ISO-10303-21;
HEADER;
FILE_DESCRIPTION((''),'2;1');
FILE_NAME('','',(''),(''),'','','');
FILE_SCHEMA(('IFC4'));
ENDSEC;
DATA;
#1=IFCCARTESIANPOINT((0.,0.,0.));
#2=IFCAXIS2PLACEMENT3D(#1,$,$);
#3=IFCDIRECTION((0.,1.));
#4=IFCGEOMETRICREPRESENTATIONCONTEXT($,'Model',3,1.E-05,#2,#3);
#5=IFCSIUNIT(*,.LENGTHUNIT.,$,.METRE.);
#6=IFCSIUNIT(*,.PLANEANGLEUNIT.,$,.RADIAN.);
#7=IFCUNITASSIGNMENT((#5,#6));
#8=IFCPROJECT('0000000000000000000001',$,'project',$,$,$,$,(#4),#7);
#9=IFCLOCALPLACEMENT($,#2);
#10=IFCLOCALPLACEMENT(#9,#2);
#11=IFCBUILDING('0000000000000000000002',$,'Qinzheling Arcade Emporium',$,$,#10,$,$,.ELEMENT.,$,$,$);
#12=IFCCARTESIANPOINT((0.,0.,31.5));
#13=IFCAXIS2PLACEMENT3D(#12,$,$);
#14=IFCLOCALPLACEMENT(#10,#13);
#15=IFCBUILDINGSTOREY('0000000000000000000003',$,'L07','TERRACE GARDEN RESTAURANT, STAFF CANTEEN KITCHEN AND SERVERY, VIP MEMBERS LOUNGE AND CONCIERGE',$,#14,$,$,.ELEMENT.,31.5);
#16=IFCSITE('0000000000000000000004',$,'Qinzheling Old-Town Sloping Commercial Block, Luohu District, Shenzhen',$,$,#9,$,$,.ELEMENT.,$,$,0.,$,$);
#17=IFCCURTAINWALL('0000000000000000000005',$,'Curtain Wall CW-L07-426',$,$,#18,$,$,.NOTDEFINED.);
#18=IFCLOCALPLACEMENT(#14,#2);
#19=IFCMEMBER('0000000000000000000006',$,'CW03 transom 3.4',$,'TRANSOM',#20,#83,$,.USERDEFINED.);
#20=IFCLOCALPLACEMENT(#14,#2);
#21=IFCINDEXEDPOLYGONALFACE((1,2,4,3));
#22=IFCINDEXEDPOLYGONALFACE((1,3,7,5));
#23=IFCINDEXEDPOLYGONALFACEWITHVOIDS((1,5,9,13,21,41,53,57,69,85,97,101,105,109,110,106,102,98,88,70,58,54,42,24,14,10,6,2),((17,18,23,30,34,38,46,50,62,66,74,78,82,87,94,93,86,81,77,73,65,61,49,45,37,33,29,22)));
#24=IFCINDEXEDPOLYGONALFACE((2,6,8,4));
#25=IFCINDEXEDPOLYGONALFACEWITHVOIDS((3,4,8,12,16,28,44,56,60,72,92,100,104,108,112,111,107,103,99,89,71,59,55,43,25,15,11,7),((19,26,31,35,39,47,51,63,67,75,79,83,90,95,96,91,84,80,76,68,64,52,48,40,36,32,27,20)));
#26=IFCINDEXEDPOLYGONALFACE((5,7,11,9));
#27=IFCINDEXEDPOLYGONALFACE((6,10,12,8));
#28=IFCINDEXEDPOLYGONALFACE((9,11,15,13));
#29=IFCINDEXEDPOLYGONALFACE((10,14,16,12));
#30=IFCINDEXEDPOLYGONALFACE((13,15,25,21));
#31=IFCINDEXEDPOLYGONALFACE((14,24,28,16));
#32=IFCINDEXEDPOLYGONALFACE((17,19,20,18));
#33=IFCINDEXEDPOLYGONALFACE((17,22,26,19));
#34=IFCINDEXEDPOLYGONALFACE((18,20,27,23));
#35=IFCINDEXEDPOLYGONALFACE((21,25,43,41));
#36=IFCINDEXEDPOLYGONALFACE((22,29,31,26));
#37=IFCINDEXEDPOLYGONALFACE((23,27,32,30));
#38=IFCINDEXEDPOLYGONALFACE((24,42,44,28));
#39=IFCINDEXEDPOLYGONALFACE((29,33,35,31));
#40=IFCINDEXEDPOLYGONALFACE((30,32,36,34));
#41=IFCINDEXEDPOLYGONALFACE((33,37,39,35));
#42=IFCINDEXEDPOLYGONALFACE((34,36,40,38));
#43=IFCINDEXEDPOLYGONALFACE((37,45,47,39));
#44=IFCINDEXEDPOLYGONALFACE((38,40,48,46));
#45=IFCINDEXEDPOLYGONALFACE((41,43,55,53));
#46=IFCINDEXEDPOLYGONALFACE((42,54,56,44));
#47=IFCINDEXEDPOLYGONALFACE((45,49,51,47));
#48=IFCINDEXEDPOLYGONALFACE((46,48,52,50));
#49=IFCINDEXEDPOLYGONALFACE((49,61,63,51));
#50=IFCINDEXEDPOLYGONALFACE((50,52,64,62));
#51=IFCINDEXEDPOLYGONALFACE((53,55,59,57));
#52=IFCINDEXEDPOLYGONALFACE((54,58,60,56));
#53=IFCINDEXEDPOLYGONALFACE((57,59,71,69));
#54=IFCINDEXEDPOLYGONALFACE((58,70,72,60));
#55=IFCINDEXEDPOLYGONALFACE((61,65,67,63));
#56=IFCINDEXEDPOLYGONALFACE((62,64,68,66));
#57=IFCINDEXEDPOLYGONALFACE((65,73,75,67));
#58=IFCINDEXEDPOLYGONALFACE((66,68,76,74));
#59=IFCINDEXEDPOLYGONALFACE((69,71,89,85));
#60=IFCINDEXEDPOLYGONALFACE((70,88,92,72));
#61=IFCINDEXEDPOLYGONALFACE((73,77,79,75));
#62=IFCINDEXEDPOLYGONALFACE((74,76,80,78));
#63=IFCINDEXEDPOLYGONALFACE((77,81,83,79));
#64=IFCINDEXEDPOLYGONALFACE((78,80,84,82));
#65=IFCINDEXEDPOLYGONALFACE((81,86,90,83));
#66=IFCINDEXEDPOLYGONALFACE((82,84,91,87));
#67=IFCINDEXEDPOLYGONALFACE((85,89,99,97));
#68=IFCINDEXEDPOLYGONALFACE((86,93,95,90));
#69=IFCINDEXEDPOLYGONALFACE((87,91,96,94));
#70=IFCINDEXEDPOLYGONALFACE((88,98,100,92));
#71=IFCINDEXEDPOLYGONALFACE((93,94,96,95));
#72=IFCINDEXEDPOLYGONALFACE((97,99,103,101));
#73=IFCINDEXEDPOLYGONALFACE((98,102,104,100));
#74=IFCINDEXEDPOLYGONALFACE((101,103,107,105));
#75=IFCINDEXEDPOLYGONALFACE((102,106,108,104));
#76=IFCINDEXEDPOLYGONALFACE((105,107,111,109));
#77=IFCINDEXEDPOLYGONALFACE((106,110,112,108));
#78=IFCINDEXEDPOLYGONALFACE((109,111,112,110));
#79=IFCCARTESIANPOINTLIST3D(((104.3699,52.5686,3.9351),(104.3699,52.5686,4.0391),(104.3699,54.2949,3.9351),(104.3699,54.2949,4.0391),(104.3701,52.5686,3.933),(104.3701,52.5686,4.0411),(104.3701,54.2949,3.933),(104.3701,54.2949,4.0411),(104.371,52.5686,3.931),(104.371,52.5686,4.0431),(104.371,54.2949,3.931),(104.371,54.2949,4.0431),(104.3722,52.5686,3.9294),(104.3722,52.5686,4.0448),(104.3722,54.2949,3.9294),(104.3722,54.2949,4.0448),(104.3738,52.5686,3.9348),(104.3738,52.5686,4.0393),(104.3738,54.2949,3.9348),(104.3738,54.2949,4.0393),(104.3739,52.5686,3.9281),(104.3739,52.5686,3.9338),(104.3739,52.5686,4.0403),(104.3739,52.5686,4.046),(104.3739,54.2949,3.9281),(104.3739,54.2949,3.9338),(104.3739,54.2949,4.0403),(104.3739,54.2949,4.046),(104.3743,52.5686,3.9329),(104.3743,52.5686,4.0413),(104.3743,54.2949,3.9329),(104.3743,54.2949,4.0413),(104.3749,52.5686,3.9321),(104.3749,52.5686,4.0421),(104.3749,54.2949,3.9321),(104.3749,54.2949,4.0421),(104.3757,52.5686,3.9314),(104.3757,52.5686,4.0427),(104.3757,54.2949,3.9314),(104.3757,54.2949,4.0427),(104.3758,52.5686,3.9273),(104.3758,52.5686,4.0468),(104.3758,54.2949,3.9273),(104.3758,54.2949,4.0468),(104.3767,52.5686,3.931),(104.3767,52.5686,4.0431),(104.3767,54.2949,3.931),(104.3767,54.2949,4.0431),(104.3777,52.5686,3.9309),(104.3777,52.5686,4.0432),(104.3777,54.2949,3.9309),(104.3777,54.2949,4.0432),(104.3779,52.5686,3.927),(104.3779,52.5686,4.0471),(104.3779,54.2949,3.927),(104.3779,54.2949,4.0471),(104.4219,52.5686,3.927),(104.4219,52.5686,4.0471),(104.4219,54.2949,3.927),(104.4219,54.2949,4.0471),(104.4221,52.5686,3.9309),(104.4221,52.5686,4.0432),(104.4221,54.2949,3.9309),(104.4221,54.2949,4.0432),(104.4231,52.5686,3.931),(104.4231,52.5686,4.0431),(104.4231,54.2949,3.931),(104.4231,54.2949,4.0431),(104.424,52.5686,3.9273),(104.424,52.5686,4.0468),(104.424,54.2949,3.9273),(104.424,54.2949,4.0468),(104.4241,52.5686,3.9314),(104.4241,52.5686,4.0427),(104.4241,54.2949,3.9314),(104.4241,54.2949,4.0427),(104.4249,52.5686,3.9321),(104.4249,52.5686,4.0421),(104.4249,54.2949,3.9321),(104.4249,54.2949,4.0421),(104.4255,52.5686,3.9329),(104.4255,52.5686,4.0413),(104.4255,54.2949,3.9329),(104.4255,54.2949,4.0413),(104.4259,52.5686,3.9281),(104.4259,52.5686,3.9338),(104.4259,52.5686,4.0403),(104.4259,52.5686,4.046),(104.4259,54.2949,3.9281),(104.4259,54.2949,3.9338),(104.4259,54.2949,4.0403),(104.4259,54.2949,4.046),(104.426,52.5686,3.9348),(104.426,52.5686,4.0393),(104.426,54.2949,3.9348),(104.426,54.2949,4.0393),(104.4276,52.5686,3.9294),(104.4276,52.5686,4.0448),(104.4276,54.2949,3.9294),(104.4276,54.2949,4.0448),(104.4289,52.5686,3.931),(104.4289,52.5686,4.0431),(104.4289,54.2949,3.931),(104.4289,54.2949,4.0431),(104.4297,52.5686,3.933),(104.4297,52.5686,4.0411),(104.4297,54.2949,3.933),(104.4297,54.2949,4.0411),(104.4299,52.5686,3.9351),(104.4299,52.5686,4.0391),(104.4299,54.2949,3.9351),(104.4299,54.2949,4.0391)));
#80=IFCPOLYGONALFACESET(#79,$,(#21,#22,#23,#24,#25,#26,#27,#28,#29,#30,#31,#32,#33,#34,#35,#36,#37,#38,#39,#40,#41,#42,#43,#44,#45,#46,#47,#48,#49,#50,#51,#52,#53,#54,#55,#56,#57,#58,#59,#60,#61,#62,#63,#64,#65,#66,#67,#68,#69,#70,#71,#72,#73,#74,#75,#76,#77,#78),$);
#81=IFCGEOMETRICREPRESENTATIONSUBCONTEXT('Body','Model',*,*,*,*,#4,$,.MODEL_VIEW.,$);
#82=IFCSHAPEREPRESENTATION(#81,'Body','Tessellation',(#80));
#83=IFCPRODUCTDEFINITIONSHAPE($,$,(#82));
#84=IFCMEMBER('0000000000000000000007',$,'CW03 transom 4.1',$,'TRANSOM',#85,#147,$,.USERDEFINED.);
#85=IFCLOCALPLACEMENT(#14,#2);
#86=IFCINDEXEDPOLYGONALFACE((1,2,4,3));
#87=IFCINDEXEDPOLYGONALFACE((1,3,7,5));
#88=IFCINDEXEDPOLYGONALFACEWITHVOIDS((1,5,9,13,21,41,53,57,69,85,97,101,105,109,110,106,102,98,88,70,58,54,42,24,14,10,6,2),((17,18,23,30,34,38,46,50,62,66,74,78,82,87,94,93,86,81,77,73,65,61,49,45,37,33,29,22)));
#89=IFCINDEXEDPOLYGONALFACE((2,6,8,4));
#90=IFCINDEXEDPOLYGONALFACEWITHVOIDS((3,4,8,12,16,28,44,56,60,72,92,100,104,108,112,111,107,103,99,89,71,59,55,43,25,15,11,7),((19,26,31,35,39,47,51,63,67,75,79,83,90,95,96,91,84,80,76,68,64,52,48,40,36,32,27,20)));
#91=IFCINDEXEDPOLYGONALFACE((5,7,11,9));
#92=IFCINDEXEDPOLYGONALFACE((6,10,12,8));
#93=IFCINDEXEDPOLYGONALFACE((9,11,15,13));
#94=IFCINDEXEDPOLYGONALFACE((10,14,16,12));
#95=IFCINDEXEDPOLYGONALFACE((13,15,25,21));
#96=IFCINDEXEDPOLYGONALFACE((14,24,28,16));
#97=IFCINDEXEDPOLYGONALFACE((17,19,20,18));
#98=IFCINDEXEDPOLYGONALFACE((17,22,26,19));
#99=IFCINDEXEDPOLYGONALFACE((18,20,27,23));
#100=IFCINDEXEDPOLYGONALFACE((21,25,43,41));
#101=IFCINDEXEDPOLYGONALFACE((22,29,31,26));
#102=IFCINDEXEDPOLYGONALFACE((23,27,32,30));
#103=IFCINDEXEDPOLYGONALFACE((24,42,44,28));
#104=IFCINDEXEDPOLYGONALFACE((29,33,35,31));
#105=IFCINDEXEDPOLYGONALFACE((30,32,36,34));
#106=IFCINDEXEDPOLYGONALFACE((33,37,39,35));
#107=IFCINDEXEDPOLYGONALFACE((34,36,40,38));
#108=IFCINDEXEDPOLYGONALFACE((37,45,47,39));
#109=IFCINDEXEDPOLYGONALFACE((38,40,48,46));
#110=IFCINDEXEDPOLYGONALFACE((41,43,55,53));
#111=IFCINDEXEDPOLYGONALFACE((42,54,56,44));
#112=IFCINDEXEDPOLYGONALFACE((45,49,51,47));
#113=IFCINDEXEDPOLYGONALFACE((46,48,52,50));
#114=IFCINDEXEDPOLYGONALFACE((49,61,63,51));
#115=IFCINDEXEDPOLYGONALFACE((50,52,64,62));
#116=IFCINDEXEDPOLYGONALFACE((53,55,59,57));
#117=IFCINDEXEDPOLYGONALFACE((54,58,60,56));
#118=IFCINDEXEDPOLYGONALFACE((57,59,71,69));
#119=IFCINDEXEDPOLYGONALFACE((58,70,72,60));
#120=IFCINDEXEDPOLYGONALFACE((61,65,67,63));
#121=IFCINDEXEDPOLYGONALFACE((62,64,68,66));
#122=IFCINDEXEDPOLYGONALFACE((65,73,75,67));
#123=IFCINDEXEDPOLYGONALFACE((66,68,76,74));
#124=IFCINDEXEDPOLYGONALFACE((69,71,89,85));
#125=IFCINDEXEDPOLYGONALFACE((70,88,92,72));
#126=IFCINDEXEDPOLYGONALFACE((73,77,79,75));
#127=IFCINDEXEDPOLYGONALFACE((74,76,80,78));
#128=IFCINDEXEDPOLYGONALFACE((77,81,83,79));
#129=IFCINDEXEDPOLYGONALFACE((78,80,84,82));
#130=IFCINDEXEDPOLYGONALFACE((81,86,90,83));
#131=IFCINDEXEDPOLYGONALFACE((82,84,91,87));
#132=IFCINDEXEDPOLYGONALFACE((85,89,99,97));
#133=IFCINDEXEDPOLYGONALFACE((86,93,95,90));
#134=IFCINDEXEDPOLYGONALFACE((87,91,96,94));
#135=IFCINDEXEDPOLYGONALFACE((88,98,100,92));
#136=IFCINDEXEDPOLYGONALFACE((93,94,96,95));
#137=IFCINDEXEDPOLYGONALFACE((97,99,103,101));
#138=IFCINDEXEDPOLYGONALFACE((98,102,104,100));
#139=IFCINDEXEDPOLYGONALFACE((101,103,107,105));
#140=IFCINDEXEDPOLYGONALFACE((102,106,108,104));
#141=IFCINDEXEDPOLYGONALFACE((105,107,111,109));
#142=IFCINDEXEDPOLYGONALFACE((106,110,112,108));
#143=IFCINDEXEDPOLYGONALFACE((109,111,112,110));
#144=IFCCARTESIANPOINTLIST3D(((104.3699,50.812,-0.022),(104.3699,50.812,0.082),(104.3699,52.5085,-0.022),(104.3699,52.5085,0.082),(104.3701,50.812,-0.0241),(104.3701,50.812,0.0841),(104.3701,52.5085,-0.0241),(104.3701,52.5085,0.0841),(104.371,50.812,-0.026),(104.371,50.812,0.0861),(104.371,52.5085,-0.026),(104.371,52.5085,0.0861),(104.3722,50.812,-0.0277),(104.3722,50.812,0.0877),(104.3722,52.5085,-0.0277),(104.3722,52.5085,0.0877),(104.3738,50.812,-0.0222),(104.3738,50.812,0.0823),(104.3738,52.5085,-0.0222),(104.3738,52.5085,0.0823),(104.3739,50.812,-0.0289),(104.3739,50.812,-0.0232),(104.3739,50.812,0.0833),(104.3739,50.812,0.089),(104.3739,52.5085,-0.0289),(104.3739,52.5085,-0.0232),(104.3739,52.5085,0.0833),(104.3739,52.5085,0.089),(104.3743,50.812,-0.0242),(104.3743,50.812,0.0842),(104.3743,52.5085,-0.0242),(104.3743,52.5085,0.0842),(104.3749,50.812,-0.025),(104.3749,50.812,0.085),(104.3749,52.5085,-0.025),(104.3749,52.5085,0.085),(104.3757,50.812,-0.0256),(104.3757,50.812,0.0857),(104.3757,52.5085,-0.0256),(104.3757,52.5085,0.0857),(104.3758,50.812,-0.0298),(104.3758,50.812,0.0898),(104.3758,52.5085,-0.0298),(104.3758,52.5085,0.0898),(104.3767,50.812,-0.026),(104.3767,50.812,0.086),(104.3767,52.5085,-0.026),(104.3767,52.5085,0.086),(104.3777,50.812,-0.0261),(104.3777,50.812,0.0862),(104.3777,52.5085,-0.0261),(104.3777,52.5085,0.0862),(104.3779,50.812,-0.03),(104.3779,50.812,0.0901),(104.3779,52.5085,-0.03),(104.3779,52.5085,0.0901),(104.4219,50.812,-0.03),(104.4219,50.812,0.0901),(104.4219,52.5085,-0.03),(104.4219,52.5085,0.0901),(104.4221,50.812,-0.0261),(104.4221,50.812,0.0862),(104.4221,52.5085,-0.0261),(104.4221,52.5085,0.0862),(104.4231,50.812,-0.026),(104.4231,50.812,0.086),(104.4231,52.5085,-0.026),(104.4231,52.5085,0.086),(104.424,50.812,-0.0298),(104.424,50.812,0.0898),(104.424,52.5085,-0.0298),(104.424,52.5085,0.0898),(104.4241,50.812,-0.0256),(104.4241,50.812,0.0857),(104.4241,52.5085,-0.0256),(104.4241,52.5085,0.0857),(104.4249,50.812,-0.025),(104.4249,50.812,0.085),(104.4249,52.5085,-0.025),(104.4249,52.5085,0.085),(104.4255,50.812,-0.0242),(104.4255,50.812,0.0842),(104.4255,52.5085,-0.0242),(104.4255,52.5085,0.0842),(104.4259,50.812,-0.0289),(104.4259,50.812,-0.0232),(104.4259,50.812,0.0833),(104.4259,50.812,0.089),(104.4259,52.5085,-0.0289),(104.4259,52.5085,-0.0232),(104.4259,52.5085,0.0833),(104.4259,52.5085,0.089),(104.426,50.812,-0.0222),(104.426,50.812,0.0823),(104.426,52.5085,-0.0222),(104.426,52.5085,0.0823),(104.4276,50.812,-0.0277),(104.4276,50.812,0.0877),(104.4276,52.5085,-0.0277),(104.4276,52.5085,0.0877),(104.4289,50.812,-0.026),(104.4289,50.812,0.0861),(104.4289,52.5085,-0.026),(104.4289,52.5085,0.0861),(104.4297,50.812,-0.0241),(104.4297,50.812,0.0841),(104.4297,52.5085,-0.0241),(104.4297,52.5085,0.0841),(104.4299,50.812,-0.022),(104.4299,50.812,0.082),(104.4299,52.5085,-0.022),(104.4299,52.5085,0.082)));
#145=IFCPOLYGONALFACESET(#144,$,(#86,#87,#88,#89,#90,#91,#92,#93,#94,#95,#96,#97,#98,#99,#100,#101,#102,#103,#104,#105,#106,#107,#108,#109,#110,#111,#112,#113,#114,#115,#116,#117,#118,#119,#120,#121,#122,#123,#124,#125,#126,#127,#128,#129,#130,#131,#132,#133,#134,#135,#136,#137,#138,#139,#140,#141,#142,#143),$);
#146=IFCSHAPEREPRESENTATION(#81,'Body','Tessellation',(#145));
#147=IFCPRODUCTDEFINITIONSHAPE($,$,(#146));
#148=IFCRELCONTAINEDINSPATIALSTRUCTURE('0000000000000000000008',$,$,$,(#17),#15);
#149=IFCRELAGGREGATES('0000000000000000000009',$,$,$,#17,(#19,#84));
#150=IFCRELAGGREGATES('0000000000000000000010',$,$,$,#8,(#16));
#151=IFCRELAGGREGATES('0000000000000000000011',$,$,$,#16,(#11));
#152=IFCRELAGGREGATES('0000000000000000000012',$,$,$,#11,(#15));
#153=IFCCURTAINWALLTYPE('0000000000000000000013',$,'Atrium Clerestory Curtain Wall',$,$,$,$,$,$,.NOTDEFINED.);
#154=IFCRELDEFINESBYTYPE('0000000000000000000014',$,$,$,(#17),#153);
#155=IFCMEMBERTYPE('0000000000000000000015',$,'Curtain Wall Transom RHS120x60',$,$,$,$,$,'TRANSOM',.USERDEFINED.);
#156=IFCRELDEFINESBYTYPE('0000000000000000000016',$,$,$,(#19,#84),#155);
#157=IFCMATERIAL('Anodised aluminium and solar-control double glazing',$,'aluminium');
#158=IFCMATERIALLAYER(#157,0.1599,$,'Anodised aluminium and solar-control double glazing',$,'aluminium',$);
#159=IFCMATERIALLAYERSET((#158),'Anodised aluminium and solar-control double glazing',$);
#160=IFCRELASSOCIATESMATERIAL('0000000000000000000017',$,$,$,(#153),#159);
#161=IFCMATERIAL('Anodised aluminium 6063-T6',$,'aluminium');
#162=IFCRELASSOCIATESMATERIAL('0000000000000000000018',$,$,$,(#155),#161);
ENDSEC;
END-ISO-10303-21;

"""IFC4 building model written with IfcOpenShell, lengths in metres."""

from ifc_helpers import new_model, si_unit, direction, frame, origin, origin_2d, place, context, subcontext, project, spatial, hollow_rectangle, extrude, material, layer, layer_set, material_profile, profile_set, type_object, element, aggregate, save


model = new_model("IFC4")

# Units and contexts
model_context = context("Model", 3, precision=1e-05, world=origin(), true_north=direction((0.0, 1.0)))
body_context = subcontext(model_context, "Body", "Model", "MODEL_VIEW")
ifc_project = project(units=[si_unit("LENGTHUNIT", "METRE"), si_unit("PLANEANGLEUNIT", "RADIAN")], contexts=[model_context])

# Site, building, storey
site_placement = place(None, origin())
site = spatial("IfcSite", under=ifc_project, at=site_placement, Name="Qinzheling Old-Town Sloping Commercial Block, Luohu District, Shenzhen", CompositionType="ELEMENT", RefElevation=0.0)
building_placement = place(site_placement, origin())
building = spatial("IfcBuilding", under=site, at=building_placement, Name="Qinzheling Arcade Emporium", CompositionType="ELEMENT")
storey_placement = place(building_placement, frame((0.0, 0.0, 31.5)))
storey = spatial("IfcBuildingStorey", under=building, at=storey_placement, Name="L07", Description="TERRACE GARDEN RESTAURANT, STAFF CANTEEN KITCHEN AND SERVERY, VIP MEMBERS LOUNGE AND CONCIERGE", CompositionType="ELEMENT", Elevation=31.5)

# Curtain wall, members
ifc_material_1 = material(Name="Anodised aluminium and solar-control double glazing", Category="aluminium")
ifc_layer_1 = layer(ifc_material_1, 0.1599, Name="Anodised aluminium and solar-control double glazing", Category="aluminium")
ifc_layer_set_1 = layer_set([ifc_layer_1], Name="Anodised aluminium and solar-control double glazing")
curtain_wall_type = type_object("IfcCurtainWallType", Name="Atrium Clerestory Curtain Wall", PredefinedType="NOTDEFINED", material=ifc_layer_set_1)
curtain_wall_placement = place(storey_placement, origin())
curtain_wall = element("IfcCurtainWall", 1, at=curtain_wall_placement, inside=storey, type_object=curtain_wall_type, Name="Curtain Wall CW-L07-426", PredefinedType="NOTDEFINED")
ifc_material_2 = material(Name="Anodised aluminium 6063-T6", Category="aluminium")
ifc_material_profile_1 = material_profile(ifc_material_2, hollow_rectangle(XDim=0.0601, YDim=0.1201, WallThickness=0.0039, InnerFilletRadius=0.0039, OuterFilletRadius=0.0081, at=origin_2d()), Name="RHS 120x60x4", Category="aluminium")
ifc_profile_set_1 = profile_set([ifc_material_profile_1], Name="Anodised aluminium 6063-T6")
member_type_1 = type_object("IfcMemberType", Name="Curtain Wall Transom RHS120x60", ElementType="TRANSOM", PredefinedType="USERDEFINED", material=ifc_profile_set_1)
member_1_placement = place(storey_placement, frame((104.3999, 54.2949, 3.9871), z_axis=(0.0, -1.0, 0.0), x_axis=(1.0, 0.0, 0.0)))
member_1 = element("IfcMember", 2, at=member_1_placement, type_object=member_type_1, Name="CW03 transom 3.4", ObjectType="TRANSOM", PredefinedType="USERDEFINED", context=body_context, shape_type="SweptSolid", body=[
    extrude(hollow_rectangle(XDim=0.0601, YDim=0.1201, WallThickness=0.0039, InnerFilletRadius=0.0039, OuterFilletRadius=0.0081, at=origin_2d()), origin(), (0.0, 0.0, 1.0), 1.7263),
])
member_2_placement = place(storey_placement, frame((104.3999, 52.5085, 0.03), z_axis=(0.0, -1.0, 0.0), x_axis=(1.0, 0.0, 0.0)))
member_2 = element("IfcMember", 3, at=member_2_placement, type_object=member_type_1, Name="CW03 transom 4.1", ObjectType="TRANSOM", PredefinedType="USERDEFINED", context=body_context, shape_type="SweptSolid", body=[
    extrude(hollow_rectangle(XDim=0.0601, YDim=0.1201, WallThickness=0.0039, InnerFilletRadius=0.0039, OuterFilletRadius=0.0081, at=origin_2d()), origin(), (0.0, 0.0, 1.0), 1.6965),
])
aggregate(curtain_wall, [member_1, member_2])

save(model, "model.ifc")
